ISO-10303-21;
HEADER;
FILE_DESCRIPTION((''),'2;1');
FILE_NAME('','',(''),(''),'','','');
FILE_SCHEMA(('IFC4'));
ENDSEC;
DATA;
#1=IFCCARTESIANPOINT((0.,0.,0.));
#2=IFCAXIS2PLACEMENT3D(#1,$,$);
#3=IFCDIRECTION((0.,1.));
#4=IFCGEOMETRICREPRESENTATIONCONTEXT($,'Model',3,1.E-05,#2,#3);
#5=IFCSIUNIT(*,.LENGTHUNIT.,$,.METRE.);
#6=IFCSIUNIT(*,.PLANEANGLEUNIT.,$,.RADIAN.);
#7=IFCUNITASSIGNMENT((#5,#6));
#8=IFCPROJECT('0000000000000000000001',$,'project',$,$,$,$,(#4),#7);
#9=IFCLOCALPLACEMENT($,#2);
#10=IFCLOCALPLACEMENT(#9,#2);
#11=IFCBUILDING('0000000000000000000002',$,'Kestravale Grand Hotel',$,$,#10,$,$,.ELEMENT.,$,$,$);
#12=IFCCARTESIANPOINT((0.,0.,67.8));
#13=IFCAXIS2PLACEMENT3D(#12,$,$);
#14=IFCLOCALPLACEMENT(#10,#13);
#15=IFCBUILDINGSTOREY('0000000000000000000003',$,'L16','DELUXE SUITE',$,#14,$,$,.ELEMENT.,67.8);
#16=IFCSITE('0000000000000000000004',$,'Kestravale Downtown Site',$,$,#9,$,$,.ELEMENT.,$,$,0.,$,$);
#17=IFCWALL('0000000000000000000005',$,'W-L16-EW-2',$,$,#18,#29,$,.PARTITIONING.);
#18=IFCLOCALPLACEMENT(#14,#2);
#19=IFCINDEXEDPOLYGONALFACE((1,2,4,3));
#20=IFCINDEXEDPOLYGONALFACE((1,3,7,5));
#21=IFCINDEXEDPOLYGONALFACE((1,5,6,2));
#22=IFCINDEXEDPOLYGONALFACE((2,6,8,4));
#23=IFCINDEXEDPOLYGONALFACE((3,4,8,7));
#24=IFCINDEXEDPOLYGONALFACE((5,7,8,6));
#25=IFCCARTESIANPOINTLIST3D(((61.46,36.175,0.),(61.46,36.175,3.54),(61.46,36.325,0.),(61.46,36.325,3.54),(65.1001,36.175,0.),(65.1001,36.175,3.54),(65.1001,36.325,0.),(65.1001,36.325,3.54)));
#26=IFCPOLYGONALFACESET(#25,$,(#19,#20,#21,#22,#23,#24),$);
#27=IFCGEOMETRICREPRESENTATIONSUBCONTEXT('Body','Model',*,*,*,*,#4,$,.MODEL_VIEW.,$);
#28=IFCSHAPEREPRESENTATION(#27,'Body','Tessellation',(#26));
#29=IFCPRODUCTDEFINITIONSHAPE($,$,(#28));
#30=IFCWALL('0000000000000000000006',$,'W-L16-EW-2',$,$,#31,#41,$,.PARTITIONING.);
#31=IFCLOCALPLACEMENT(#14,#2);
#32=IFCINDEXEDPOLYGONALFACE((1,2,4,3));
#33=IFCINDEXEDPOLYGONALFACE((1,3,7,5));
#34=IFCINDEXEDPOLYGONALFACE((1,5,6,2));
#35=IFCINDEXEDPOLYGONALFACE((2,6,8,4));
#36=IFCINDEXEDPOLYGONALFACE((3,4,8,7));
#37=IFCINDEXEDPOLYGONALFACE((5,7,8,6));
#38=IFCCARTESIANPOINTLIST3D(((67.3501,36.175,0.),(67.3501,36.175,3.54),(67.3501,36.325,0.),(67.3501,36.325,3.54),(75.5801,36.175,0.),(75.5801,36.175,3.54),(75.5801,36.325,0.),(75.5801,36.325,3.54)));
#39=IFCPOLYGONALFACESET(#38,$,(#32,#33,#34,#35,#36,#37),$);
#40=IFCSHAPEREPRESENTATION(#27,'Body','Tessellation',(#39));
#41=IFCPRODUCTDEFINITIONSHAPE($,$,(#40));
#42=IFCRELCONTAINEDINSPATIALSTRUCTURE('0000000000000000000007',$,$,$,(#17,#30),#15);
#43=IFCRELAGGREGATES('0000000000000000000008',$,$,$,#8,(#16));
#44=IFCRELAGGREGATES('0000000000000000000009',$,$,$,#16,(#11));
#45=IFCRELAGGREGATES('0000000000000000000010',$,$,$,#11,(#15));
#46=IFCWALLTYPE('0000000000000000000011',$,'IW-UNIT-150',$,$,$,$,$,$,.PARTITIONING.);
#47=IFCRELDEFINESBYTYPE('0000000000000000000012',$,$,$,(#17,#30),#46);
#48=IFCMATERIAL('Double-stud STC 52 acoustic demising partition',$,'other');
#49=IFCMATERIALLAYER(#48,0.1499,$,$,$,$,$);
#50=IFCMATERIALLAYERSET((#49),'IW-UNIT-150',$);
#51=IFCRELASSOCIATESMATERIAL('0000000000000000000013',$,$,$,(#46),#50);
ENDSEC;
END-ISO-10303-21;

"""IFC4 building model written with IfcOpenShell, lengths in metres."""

from ifc_helpers import new_model, si_unit, direction, frame, frame_2d, origin, place, context, subcontext, project, spatial, rectangle, extrude, material, layer, layer_set, type_object, element, save


model = new_model("IFC4")

# Units and contexts
model_context = context("Model", 3, precision=1e-05, world=origin(), true_north=direction((0.0, 1.0)))
body_context = subcontext(model_context, "Body", "Model", "MODEL_VIEW")
ifc_project = project(units=[si_unit("LENGTHUNIT", "METRE"), si_unit("PLANEANGLEUNIT", "RADIAN")], contexts=[model_context])

# Site, building, storey
site_placement = place(None, origin())
site = spatial("IfcSite", under=ifc_project, at=site_placement, Name="Kestravale Downtown Site", CompositionType="ELEMENT", RefElevation=0.0)
building_placement = place(site_placement, origin())
building = spatial("IfcBuilding", under=site, at=building_placement, Name="Kestravale Grand Hotel", CompositionType="ELEMENT")
storey_placement = place(building_placement, frame((0.0, 0.0, 67.8)))
storey = spatial("IfcBuildingStorey", under=building, at=storey_placement, Name="L16", Description="DELUXE SUITE", CompositionType="ELEMENT", Elevation=67.8)

# Walls
ifc_material_1 = material(Name="Double-stud STC 52 acoustic demising partition", Category="other")
ifc_layer_1 = layer(ifc_material_1, 0.1499)
ifc_layer_set_1 = layer_set([ifc_layer_1], Name="IW-UNIT-150")
wall_type_1 = type_object("IfcWallType", Name="IW-UNIT-150", PredefinedType="PARTITIONING", material=ifc_layer_set_1)
wall_1_placement = place(storey_placement, frame((61.46, 36.25, 0.0), z_axis=(0.0, 0.0, 1.0), x_axis=(1.0, 0.0, 0.0)))
element("IfcWall", 1, at=wall_1_placement, inside=storey, type_object=wall_type_1, Name="W-L16-EW-2", PredefinedType="PARTITIONING", context=body_context, shape_type="SweptSolid", body=[
    extrude(rectangle(XDim=3.6401, YDim=0.1499, at=frame_2d((1.8201, 0.0))), origin(), (0.0, 0.0, 1.0), 3.54),
])
wall_2_placement = place(storey_placement, frame((67.3501, 36.25, 0.0), z_axis=(0.0, 0.0, 1.0), x_axis=(1.0, 0.0, 0.0)))
element("IfcWall", 2, at=wall_2_placement, inside=storey, type_object=wall_type_1, Name="W-L16-EW-2", PredefinedType="PARTITIONING", context=body_context, shape_type="SweptSolid", body=[
    extrude(rectangle(XDim=8.23, YDim=0.1499, at=frame_2d((4.115, 0.0))), origin(), (0.0, 0.0, 1.0), 3.54),
])

save(model, "model.ifc")
